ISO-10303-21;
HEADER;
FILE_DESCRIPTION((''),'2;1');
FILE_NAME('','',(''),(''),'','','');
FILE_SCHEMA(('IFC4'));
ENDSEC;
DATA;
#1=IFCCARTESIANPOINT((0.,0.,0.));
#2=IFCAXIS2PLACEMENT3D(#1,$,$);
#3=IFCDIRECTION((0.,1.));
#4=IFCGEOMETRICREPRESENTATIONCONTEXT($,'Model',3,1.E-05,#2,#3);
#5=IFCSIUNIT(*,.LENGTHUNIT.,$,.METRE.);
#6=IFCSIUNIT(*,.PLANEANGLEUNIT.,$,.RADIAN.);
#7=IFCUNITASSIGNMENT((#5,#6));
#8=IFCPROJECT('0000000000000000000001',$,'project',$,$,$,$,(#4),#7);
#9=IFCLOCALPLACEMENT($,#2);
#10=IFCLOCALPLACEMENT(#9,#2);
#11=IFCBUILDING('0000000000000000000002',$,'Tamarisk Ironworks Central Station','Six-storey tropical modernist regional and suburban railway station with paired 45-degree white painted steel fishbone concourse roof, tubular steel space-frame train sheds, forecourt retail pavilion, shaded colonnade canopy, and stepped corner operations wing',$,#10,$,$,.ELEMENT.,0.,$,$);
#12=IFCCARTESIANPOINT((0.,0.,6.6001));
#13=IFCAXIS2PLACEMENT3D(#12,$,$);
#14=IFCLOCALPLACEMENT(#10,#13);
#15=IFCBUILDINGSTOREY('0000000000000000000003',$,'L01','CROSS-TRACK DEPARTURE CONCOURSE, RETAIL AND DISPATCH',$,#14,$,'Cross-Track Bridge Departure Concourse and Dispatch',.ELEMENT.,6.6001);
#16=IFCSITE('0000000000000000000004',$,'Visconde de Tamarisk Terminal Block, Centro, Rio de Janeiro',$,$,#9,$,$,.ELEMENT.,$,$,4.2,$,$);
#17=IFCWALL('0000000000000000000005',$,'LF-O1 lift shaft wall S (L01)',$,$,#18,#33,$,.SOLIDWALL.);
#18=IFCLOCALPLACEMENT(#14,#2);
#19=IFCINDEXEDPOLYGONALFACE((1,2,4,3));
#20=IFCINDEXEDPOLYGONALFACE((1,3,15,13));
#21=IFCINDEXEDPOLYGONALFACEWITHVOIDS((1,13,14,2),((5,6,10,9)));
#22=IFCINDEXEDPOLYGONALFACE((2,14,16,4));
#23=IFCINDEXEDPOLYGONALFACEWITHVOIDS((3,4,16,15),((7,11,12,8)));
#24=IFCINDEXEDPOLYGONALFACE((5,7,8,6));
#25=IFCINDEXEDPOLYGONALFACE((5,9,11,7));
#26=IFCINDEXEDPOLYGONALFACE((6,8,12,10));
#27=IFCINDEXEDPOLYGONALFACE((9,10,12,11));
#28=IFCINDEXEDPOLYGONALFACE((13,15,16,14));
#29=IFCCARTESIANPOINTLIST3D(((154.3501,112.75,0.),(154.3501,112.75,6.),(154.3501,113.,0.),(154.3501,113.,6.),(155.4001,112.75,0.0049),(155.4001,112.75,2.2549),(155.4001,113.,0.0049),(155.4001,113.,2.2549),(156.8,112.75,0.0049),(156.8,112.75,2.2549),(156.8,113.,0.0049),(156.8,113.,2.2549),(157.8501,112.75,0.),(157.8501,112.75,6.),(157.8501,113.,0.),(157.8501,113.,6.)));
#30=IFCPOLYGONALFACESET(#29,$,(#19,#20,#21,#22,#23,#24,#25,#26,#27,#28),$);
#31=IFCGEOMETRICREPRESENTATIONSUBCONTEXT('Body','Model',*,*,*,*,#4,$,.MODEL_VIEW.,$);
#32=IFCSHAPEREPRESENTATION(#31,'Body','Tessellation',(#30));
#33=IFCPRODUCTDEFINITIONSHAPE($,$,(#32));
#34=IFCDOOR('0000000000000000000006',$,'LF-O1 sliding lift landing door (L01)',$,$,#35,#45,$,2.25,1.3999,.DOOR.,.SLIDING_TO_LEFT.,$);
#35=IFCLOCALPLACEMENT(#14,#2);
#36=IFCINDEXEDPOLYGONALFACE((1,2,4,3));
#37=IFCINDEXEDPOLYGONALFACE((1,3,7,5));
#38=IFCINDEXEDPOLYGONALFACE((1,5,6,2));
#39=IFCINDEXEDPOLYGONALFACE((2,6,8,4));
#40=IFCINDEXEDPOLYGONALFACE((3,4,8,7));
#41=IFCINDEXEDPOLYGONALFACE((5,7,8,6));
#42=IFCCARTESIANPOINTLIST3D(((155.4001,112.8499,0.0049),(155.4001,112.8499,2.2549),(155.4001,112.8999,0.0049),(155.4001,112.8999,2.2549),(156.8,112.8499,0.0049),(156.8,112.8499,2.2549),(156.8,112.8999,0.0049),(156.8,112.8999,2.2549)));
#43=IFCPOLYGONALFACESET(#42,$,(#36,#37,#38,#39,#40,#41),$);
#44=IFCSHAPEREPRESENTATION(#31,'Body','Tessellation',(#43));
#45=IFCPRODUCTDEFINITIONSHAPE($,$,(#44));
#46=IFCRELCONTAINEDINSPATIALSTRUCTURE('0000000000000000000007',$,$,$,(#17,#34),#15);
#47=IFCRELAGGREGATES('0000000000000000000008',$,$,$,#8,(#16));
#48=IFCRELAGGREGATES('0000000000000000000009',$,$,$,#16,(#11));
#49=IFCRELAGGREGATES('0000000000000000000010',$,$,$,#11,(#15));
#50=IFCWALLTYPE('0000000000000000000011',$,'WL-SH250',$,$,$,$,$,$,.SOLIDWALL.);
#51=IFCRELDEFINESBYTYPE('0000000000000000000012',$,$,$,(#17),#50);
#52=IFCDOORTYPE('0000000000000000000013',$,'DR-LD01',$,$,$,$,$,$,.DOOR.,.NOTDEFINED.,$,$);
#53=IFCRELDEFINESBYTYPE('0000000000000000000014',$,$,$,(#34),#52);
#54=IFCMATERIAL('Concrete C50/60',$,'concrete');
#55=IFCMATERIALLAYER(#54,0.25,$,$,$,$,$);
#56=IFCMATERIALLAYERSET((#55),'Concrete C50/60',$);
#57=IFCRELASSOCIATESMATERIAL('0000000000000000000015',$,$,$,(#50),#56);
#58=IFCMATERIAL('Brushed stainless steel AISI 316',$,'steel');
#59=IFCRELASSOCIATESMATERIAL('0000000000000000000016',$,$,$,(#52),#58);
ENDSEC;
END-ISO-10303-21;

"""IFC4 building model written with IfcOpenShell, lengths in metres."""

from ifc_helpers import new_model, si_unit, direction, frame, frame_2d, origin, place, context, subcontext, project, spatial, rectangle, extrude, material, layer, layer_set, type_object, element, fill, save


model = new_model("IFC4")

# Units and contexts
model_context = context("Model", 3, precision=1e-05, world=origin(), true_north=direction((0.0, 1.0)))
body_context = subcontext(model_context, "Body", "Model", "MODEL_VIEW")
ifc_project = project(units=[si_unit("LENGTHUNIT", "METRE"), si_unit("PLANEANGLEUNIT", "RADIAN")], contexts=[model_context])

# Site, building, storey
site_placement = place(None, origin())
site = spatial("IfcSite", under=ifc_project, at=site_placement, Name="Visconde de Tamarisk Terminal Block, Centro, Rio de Janeiro", CompositionType="ELEMENT", RefElevation=4.2)
building_placement = place(site_placement, origin())
building = spatial("IfcBuilding", under=site, at=building_placement, Name="Tamarisk Ironworks Central Station", Description="Six-storey tropical modernist regional and suburban railway station with paired 45-degree white painted steel fishbone concourse roof, tubular steel space-frame train sheds, forecourt retail pavilion, shaded colonnade canopy, and stepped corner operations wing", CompositionType="ELEMENT", ElevationOfRefHeight=0.0)
storey_placement = place(building_placement, frame((0.0, 0.0, 6.6001)))
storey = spatial("IfcBuildingStorey", under=building, at=storey_placement, Name="L01", Description="CROSS-TRACK DEPARTURE CONCOURSE, RETAIL AND DISPATCH", LongName="Cross-Track Bridge Departure Concourse and Dispatch", CompositionType="ELEMENT", Elevation=6.6001)

# Shared definitions
ifc_material_1 = material(Name="Concrete C50/60", Category="concrete")
ifc_layer_1 = layer(ifc_material_1, 0.25)
ifc_layer_set_1 = layer_set([ifc_layer_1], Name="Concrete C50/60")
wall_type_1 = type_object("IfcWallType", Name="WL-SH250", PredefinedType="SOLIDWALL", material=ifc_layer_set_1)

# Shared definitions
ifc_material_2 = material(Name="Brushed stainless steel AISI 316", Category="steel")

# Wall, opening, door
wall_1_placement = place(storey_placement, frame((154.3501, 112.875, 0.0), z_axis=(0.0, 0.0, 1.0), x_axis=(1.0, 0.0, 0.0)))
wall_1 = element("IfcWall", 1, at=wall_1_placement, inside=storey, type_object=wall_type_1, Name="LF-O1 lift shaft wall S (L01)", PredefinedType="SOLIDWALL", context=body_context, shape_type="SweptSolid", body=[
    extrude(rectangle(XDim=3.5, YDim=0.25, at=frame_2d((1.75, 0.0))), origin(), (0.0, 0.0, 1.0), 6.0),
])
opening_1_placement = place(wall_1_placement, frame((1.05, 0.0, 0.0049)))
opening_1 = element("IfcOpeningElement", 2, at=opening_1_placement, cuts=wall_1, PredefinedType="OPENING", context=body_context, shape_type="SweptSolid", body=[
    extrude(rectangle(XDim=1.3999, YDim=2.25, at=frame_2d((0.7, 1.125))), frame((0.0, 0.137, 0.0), z_axis=(0.0, -1.0, 0.0), x_axis=(1.0, 0.0, 0.0)), (0.0, 0.0, 1.0), 0.2739),
])
door_type_1 = type_object("IfcDoorType", Name="DR-LD01", OperationType="NOTDEFINED", PredefinedType="DOOR", material=ifc_material_2)
door_1_placement = place(opening_1_placement, origin())
door_1 = element("IfcDoor", 3, at=door_1_placement, inside=storey, type_object=door_type_1, Name="LF-O1 sliding lift landing door (L01)", OperationType="SLIDING_TO_LEFT", OverallHeight=2.25, OverallWidth=1.3999, PredefinedType="DOOR", context=body_context, shape_type="SweptSolid", body=[
    extrude(rectangle(XDim=1.3999, YDim=2.25, at=frame_2d((0.7, 1.125))), frame((0.0, 0.0249, 0.0), z_axis=(0.0, -1.0, 0.0), x_axis=(1.0, 0.0, 0.0)), (0.0, 0.0, 1.0), 0.05),
])
fill(opening_1, door_1)

save(model, "model.ifc")
